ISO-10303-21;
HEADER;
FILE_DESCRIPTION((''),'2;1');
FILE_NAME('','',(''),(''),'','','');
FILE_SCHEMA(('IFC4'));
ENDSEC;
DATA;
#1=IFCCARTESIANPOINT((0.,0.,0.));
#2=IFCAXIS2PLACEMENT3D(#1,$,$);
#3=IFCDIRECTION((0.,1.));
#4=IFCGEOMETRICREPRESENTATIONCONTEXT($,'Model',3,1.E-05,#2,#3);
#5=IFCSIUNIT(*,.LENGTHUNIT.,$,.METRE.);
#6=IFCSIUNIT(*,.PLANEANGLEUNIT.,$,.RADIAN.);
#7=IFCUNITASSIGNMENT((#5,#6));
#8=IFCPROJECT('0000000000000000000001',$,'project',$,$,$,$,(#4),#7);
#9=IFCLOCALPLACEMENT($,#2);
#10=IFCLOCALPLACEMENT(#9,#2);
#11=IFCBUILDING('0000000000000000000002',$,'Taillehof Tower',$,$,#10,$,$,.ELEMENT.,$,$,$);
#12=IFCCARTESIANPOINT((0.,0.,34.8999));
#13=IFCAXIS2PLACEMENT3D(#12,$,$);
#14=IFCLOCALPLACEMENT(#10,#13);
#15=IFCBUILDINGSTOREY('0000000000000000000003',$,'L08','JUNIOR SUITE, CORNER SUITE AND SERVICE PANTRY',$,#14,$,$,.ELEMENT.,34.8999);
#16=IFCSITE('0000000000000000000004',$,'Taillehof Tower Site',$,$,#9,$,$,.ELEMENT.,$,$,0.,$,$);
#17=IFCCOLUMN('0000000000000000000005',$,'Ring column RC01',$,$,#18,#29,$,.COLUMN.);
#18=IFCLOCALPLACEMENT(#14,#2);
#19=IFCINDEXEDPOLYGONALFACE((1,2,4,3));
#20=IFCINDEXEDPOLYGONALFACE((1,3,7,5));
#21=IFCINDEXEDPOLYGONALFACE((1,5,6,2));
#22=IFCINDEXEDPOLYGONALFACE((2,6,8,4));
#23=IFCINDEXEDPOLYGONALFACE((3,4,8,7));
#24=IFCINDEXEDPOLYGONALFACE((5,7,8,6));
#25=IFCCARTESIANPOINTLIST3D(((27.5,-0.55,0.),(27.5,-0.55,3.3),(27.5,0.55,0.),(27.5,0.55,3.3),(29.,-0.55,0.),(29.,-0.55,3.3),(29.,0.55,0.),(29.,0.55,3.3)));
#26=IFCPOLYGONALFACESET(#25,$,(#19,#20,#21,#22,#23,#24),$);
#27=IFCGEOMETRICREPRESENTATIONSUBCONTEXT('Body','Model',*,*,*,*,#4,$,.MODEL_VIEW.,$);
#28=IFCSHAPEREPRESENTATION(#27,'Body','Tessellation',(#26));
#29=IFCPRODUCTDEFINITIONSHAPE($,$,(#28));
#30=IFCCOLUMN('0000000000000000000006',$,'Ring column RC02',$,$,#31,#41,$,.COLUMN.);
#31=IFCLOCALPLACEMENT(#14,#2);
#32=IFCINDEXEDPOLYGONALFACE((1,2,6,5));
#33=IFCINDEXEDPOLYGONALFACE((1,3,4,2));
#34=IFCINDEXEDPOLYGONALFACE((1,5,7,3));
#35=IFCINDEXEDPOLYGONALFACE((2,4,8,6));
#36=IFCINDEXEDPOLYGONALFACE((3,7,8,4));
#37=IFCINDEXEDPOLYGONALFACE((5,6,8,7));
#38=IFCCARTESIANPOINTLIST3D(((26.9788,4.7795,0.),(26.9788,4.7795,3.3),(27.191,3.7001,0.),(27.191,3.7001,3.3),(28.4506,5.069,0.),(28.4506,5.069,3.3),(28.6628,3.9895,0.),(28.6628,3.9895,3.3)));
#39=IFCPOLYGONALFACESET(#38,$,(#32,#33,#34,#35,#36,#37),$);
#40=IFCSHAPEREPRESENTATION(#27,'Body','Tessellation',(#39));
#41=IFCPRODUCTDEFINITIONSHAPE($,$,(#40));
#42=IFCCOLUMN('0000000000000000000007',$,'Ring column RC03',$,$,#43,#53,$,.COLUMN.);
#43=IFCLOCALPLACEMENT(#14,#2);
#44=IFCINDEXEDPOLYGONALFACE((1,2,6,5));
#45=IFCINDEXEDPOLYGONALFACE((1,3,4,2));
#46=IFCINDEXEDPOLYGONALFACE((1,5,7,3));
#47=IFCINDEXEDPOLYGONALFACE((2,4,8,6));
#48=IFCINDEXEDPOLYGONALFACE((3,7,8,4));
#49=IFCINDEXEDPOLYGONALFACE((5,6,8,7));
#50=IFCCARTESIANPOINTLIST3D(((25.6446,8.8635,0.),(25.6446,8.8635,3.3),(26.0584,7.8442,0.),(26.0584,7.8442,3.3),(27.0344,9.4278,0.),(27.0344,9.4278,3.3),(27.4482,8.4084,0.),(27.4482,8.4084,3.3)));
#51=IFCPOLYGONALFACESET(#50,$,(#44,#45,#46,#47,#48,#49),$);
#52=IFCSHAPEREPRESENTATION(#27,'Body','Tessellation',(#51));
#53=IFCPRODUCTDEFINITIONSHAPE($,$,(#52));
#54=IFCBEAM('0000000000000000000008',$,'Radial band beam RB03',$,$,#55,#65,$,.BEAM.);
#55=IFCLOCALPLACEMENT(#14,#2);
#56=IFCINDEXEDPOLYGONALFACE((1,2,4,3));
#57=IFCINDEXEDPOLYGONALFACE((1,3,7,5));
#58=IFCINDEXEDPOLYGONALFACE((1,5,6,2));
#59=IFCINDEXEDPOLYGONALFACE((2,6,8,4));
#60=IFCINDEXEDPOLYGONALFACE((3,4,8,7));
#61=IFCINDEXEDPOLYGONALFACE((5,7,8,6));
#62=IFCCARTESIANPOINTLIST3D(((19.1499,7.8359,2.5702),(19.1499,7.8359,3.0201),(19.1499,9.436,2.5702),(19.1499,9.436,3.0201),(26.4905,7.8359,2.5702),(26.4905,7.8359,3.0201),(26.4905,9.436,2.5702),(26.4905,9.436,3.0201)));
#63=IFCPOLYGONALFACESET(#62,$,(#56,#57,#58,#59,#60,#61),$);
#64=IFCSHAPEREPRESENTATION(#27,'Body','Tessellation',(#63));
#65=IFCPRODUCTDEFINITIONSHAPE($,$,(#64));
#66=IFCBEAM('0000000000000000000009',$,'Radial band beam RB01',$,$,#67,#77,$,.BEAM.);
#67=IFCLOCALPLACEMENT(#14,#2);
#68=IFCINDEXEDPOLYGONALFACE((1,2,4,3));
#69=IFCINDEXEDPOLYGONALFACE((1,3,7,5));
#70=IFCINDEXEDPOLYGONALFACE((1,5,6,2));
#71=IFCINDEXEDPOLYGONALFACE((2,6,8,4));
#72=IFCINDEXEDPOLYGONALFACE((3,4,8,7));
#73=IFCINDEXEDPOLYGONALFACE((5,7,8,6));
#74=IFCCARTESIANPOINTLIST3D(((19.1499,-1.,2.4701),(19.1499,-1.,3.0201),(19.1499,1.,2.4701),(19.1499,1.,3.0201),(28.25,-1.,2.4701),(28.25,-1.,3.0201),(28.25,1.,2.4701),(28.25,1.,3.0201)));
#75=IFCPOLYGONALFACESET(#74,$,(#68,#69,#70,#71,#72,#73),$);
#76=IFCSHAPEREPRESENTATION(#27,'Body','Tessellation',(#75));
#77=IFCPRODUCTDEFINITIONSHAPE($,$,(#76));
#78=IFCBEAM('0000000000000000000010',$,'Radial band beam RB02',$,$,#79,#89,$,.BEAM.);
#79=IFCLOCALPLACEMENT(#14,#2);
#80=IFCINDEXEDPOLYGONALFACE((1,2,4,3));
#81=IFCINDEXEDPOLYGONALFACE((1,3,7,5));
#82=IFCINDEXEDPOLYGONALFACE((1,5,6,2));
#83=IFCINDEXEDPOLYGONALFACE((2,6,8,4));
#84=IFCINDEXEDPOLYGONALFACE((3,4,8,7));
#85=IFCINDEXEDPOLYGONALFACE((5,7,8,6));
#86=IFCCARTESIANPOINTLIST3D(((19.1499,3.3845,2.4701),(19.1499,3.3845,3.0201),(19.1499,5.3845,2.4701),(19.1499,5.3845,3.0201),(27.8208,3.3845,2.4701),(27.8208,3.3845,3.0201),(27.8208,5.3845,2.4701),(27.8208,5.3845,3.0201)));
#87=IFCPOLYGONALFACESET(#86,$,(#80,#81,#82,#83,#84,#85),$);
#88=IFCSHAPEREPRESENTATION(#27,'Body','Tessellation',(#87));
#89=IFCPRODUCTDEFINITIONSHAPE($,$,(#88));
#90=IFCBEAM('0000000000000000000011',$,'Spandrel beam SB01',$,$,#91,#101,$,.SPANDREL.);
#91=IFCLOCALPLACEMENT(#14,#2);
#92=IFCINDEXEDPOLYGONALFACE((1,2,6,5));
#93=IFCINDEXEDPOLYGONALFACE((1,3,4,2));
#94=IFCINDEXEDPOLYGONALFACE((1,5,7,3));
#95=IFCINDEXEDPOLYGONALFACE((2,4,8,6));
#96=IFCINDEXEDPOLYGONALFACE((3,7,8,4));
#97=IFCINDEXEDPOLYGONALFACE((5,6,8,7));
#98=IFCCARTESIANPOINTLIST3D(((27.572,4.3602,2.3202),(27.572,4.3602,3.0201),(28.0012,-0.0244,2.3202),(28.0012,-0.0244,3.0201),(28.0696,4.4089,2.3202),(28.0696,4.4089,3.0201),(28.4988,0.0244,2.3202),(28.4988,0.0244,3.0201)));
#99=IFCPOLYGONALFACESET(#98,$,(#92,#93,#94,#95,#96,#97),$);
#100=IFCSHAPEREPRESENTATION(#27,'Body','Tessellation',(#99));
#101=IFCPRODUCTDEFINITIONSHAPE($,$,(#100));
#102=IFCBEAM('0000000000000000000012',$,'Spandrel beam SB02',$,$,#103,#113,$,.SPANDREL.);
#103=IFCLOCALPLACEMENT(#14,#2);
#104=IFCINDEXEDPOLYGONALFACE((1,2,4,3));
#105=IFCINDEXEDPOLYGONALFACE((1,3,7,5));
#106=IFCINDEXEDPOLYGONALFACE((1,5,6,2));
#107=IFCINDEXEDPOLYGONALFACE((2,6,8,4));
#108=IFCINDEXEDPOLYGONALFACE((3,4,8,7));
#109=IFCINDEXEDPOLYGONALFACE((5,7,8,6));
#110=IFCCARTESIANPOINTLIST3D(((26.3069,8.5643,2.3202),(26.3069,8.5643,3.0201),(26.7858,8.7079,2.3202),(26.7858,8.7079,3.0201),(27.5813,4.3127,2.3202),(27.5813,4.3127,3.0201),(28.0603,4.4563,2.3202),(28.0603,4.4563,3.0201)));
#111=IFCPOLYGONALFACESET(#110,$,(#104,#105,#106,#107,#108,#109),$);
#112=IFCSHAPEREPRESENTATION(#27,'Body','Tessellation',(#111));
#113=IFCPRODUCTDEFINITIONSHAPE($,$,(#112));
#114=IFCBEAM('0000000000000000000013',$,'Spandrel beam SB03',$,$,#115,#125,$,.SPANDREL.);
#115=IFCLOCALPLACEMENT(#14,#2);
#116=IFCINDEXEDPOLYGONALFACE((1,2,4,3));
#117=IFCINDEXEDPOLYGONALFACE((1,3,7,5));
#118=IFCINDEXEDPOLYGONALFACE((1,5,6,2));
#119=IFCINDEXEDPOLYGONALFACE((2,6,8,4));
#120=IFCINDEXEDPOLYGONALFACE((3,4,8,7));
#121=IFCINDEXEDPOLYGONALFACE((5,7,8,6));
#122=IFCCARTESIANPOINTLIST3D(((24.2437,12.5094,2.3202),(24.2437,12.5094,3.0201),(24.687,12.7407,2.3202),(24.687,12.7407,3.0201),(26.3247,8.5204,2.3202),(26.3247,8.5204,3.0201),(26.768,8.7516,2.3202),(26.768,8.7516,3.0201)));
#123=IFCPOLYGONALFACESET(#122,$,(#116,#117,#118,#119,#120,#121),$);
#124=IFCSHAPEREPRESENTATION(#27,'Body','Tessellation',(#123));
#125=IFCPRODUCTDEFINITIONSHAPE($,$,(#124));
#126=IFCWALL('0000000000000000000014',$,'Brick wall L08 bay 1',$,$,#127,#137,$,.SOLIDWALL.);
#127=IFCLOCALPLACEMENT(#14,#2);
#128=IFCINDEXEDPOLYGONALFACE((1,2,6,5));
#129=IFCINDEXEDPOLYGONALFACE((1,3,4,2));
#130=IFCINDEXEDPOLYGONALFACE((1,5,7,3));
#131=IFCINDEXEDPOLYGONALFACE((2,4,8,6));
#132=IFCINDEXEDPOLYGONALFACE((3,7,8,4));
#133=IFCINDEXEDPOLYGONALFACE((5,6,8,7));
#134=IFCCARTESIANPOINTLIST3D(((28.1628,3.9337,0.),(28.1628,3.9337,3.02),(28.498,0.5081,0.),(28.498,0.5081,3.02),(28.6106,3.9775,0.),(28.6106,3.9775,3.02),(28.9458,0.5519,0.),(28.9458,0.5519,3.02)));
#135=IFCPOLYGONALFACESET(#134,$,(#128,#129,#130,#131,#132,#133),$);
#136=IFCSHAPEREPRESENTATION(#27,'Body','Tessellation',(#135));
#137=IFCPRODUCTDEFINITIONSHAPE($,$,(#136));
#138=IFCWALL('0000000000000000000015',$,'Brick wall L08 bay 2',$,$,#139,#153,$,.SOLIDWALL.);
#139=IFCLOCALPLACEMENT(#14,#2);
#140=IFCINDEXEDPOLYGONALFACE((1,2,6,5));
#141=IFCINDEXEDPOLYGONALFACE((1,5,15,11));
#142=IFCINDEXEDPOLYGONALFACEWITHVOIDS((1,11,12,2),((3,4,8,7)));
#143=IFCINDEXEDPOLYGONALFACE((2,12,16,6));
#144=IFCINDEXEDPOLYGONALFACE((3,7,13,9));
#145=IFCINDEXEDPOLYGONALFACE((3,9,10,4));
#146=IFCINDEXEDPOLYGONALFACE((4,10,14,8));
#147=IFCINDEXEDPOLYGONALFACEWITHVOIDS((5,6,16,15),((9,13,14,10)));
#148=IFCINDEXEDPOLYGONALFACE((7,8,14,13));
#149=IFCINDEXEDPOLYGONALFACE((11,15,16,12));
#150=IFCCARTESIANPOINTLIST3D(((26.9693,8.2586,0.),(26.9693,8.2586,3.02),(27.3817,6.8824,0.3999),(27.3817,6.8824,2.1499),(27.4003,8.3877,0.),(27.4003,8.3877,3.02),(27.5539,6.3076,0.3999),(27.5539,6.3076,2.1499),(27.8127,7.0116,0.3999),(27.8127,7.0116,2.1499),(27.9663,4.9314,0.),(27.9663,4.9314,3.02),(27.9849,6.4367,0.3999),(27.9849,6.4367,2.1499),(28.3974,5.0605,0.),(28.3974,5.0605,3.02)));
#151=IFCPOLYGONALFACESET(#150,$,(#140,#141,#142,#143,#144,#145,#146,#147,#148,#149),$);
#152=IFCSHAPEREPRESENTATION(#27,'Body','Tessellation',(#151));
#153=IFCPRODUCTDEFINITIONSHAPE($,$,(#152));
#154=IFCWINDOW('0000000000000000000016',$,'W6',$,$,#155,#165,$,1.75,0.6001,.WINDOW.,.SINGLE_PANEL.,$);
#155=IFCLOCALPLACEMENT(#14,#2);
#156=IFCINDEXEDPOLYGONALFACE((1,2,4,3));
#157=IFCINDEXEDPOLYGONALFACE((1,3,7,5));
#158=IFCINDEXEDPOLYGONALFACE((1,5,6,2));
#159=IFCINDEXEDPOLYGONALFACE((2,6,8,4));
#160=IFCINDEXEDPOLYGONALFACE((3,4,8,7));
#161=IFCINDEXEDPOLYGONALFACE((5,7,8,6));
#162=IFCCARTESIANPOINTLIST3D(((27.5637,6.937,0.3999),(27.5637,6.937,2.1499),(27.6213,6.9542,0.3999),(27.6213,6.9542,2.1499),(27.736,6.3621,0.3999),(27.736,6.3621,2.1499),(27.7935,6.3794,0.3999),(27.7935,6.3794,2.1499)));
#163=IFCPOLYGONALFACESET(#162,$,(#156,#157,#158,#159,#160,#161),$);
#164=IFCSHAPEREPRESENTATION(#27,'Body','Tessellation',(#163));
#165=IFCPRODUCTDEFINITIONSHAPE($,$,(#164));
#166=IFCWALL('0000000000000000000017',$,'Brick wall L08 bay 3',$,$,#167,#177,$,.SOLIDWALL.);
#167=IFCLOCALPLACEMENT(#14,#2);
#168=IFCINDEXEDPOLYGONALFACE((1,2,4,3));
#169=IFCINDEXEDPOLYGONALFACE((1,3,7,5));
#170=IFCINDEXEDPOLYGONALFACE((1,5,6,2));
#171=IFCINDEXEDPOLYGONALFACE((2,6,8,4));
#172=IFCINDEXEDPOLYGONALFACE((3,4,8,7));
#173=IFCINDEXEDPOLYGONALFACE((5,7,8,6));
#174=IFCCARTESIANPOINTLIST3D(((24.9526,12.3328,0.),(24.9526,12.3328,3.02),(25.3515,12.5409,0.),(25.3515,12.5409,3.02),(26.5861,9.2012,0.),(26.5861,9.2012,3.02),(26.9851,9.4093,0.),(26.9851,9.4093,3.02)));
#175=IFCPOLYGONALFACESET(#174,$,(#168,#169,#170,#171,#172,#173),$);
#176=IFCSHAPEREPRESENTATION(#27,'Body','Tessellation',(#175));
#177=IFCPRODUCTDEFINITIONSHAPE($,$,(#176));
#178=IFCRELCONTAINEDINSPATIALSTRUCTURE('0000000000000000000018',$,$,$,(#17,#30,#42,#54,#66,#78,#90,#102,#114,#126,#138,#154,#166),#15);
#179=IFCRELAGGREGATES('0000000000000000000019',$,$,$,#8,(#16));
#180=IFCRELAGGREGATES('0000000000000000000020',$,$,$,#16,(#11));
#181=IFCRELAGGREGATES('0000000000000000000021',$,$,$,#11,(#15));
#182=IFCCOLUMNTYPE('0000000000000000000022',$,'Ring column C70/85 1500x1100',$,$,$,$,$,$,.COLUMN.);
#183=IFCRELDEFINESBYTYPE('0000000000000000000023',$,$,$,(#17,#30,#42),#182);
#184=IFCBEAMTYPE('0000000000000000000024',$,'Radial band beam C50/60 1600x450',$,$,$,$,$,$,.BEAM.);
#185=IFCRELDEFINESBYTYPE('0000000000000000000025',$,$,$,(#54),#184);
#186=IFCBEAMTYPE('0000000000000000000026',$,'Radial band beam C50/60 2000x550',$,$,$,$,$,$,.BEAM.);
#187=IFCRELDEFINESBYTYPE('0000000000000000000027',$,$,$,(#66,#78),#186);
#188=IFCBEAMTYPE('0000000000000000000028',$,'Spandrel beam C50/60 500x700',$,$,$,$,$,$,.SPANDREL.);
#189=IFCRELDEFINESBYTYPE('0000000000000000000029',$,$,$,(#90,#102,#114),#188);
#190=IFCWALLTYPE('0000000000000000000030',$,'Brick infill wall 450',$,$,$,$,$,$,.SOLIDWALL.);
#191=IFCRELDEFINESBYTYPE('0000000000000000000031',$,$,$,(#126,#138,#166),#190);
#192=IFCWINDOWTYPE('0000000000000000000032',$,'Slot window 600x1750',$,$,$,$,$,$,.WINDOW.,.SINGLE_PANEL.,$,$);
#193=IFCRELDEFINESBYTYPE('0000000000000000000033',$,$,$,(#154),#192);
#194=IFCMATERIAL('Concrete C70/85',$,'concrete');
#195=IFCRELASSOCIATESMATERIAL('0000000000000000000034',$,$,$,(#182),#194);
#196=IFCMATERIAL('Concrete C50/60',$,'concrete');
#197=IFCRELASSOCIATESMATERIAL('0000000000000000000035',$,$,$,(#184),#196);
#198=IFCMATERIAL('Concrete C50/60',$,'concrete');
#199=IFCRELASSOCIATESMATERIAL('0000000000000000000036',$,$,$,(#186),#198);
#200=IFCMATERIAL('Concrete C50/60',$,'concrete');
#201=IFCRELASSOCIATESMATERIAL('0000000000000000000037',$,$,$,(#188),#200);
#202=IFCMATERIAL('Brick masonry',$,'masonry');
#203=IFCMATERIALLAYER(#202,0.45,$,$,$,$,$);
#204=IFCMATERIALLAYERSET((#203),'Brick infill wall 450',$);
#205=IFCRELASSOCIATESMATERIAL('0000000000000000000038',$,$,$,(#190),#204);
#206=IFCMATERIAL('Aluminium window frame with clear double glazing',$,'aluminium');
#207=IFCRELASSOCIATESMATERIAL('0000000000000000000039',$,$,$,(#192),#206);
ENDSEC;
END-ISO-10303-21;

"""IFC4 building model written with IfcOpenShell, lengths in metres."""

from ifc_helpers import new_model, si_unit, direction, frame, frame_2d, origin, origin_2d, place, context, subcontext, project, spatial, rectangle, extrude, material, layer, layer_set, material_profile, profile_set, type_object, element, fill, save


model = new_model("IFC4")

# Units and contexts
model_context = context("Model", 3, precision=1e-05, world=origin(), true_north=direction((0.0, 1.0)))
body_context = subcontext(model_context, "Body", "Model", "MODEL_VIEW")
ifc_project = project(units=[si_unit("LENGTHUNIT", "METRE"), si_unit("PLANEANGLEUNIT", "RADIAN")], contexts=[model_context])

# Site, building, storey
site_placement = place(None, origin())
site = spatial("IfcSite", under=ifc_project, at=site_placement, Name="Taillehof Tower Site", CompositionType="ELEMENT", RefElevation=0.0)
building_placement = place(site_placement, origin())
building = spatial("IfcBuilding", under=site, at=building_placement, Name="Taillehof Tower", CompositionType="ELEMENT")
storey_placement = place(building_placement, frame((0.0, 0.0, 34.8999)))
storey = spatial("IfcBuildingStorey", under=building, at=storey_placement, Name="L08", Description="JUNIOR SUITE, CORNER SUITE AND SERVICE PANTRY", CompositionType="ELEMENT", Elevation=34.8999)

# Columns
ifc_material_1 = material(Name="Concrete C70/85", Category="concrete")
ifc_material_profile_1 = material_profile(ifc_material_1, rectangle(XDim=1.5, YDim=1.1001, at=origin_2d()), Name="RC 1500x1100")
ifc_profile_set_1 = profile_set([ifc_material_profile_1], Name="Concrete C70/85")
column_type = type_object("IfcColumnType", Name="Ring column C70/85 1500x1100", PredefinedType="COLUMN", material=ifc_profile_set_1)
for number, where, z_axis, x_axis, name in (
    (1, (28.25, 0.0, 0.0), (0.0, 0.0, 1.0), (1.0, 0.0, 0.0), "Ring column RC01"),
    (2, (27.8208, 4.3845, 0.0), (0.0, 0.0, 1.0), (0.981204, 0.192976, 0.0), "Ring column RC02"),
    (3, (26.5464, 8.636, 0.0), (0.0, 0.0, 1.0), (0.926558, 0.376152, 0.0), "Ring column RC03"),
):
    element("IfcColumn", number, at=place(storey_placement, frame(where, z_axis=z_axis, x_axis=x_axis)), inside=storey, type_object=column_type, Name=name, PredefinedType="COLUMN", context=body_context, shape_type="SweptSolid", body=[
        extrude(rectangle(XDim=1.5, YDim=1.1001, at=origin_2d()), origin(), (0.0, 0.0, 1.0), 3.3),
    ])

# Beams
ifc_material_2 = material(Name="Concrete C50/60", Category="concrete")
ifc_material_profile_2 = material_profile(ifc_material_2, rectangle(XDim=1.6001, YDim=0.45, at=origin_2d()), Name="RC 1600x450")
ifc_profile_set_2 = profile_set([ifc_material_profile_2], Name="Concrete C50/60")
beam_type_1 = type_object("IfcBeamType", Name="Radial band beam C50/60 1600x450", PredefinedType="BEAM", material=ifc_profile_set_2)
beam_1_placement = place(storey_placement, frame((26.4905, 8.636, 2.7952), z_axis=(-1.0, 0.0, 0.0), x_axis=(0.0, -1.0, 0.0)))
element("IfcBeam", 4, at=beam_1_placement, inside=storey, type_object=beam_type_1, Name="Radial band beam RB03", PredefinedType="BEAM", context=body_context, shape_type="SweptSolid", body=[
    extrude(rectangle(XDim=1.6001, YDim=0.45, at=origin_2d()), origin(), (0.0, 0.0, 1.0), 7.3406),
])
ifc_material_3 = material(Name="Concrete C50/60", Category="concrete")
ifc_material_profile_3 = material_profile(ifc_material_3, rectangle(XDim=2.0, YDim=0.55, at=origin_2d()), Name="RC 2000x550")
ifc_profile_set_3 = profile_set([ifc_material_profile_3], Name="Concrete C50/60")
beam_type_2 = type_object("IfcBeamType", Name="Radial band beam C50/60 2000x550", PredefinedType="BEAM", material=ifc_profile_set_3)
beam_2_placement = place(storey_placement, frame((28.25, 0.0, 2.7451), z_axis=(-1.0, 0.0, 0.0), x_axis=(0.0, -1.0, 0.0)))
element("IfcBeam", 5, at=beam_2_placement, inside=storey, type_object=beam_type_2, Name="Radial band beam RB01", PredefinedType="BEAM", context=body_context, shape_type="SweptSolid", body=[
    extrude(rectangle(XDim=2.0, YDim=0.55, at=origin_2d()), origin(), (0.0, 0.0, 1.0), 9.1001),
])
beam_3_placement = place(storey_placement, frame((27.8208, 4.3845, 2.7451), z_axis=(-1.0, 0.0, 0.0), x_axis=(0.0, -1.0, 0.0)))
element("IfcBeam", 6, at=beam_3_placement, inside=storey, type_object=beam_type_2, Name="Radial band beam RB02", PredefinedType="BEAM", context=body_context, shape_type="SweptSolid", body=[
    extrude(rectangle(XDim=2.0, YDim=0.55, at=origin_2d()), origin(), (0.0, 0.0, 1.0), 8.6709),
])
ifc_material_4 = material(Name="Concrete C50/60", Category="concrete")
ifc_material_profile_4 = material_profile(ifc_material_4, rectangle(XDim=0.5, YDim=0.7, at=origin_2d()), Name="RC 500x700")
ifc_profile_set_4 = profile_set([ifc_material_profile_4], Name="Concrete C50/60")
beam_type_3 = type_object("IfcBeamType", Name="Spandrel beam C50/60 500x700", PredefinedType="SPANDREL", material=ifc_profile_set_4)
beam_4_placement = place(storey_placement, frame((28.25, 0.0, 2.6702), z_axis=(-0.097424, 0.995243, 0.0), x_axis=(-0.995243, -0.097424, 0.0)))
element("IfcBeam", 7, at=beam_4_placement, inside=storey, type_object=beam_type_3, Name="Spandrel beam SB01", PredefinedType="SPANDREL", context=body_context, shape_type="SweptSolid", body=[
    extrude(rectangle(XDim=0.5, YDim=0.7, at=origin_2d()), origin(), (0.0, 0.0, 1.0), 4.4055),
])
beam_5_placement = place(storey_placement, frame((27.8208, 4.3845, 2.6702), z_axis=(-0.287136, 0.95789, 0.0), x_axis=(-0.95789, -0.287136, 0.0)))
element("IfcBeam", 8, at=beam_5_placement, inside=storey, type_object=beam_type_3, Name="Spandrel beam SB02", PredefinedType="SPANDREL", context=body_context, shape_type="SweptSolid", body=[
    extrude(rectangle(XDim=0.5, YDim=0.7, at=origin_2d()), origin(), (0.0, 0.0, 1.0), 4.4385),
])
beam_6_placement = place(storey_placement, frame((26.5464, 8.636, 2.6702), z_axis=(-0.462536, 0.8866, 0.0), x_axis=(-0.8866, -0.462536, 0.0)))
element("IfcBeam", 9, at=beam_6_placement, inside=storey, type_object=beam_type_3, Name="Spandrel beam SB03", PredefinedType="SPANDREL", context=body_context, shape_type="SweptSolid", body=[
    extrude(rectangle(XDim=0.5, YDim=0.7, at=origin_2d()), origin(), (0.0, 0.0, 1.0), 4.4993),
])

# Wall
ifc_material_5 = material(Name="Brick masonry", Category="masonry")
ifc_layer_1 = layer(ifc_material_5, 0.45)
ifc_layer_set_1 = layer_set([ifc_layer_1], Name="Brick infill wall 450")
wall_type_1 = type_object("IfcWallType", Name="Brick infill wall 450", PredefinedType="SOLIDWALL", material=ifc_layer_set_1)
wall_1_placement = place(storey_placement, frame((28.7219, 0.53, 0.0), z_axis=(0.0, 0.0, 1.0), x_axis=(-0.09739, 0.995246, 0.0)))
element("IfcWall", 10, at=wall_1_placement, inside=storey, type_object=wall_type_1, Name="Brick wall L08 bay 1", PredefinedType="SOLIDWALL", context=body_context, shape_type="SweptSolid", body=[
    extrude(rectangle(XDim=3.4419, YDim=0.45, at=frame_2d((1.7209, 0.0))), origin(), (0.0, 0.0, 1.0), 3.02),
])

# Wall, opening, window
wall_2_placement = place(storey_placement, frame((28.1819, 4.9958, 0.0), z_axis=(0.0, 0.0, 1.0), x_axis=(-0.287064, 0.957911, 0.0)))
wall_2 = element("IfcWall", 11, at=wall_2_placement, inside=storey, type_object=wall_type_1, Name="Brick wall L08 bay 2", PredefinedType="SOLIDWALL", context=body_context, shape_type="SweptSolid", body=[
    extrude(rectangle(XDim=3.4734, YDim=0.45, at=frame_2d((1.7368, 0.0))), origin(), (0.0, 0.0, 1.0), 3.02),
])
opening_1_placement = place(wall_2_placement, frame((1.4368, 0.0, 0.3999)))
opening_1 = element("IfcOpeningElement", 12, at=opening_1_placement, cuts=wall_2, PredefinedType="OPENING", context=body_context, shape_type="SweptSolid", body=[
    extrude(rectangle(XDim=0.6001, YDim=1.75, at=frame_2d((0.3, 0.875))), frame((0.0, 0.2349, 0.0), z_axis=(0.0, -1.0, 0.0), x_axis=(1.0, 0.0, 0.0)), (0.0, 0.0, 1.0), 0.47),
])
ifc_material_6 = material(Name="Aluminium window frame with clear double glazing", Category="aluminium")
window_type = type_object("IfcWindowType", Name="Slot window 600x1750", PartitioningType="SINGLE_PANEL", PredefinedType="WINDOW", material=ifc_material_6)
window_placement = place(opening_1_placement, origin())
window = element("IfcWindow", 13, at=window_placement, inside=storey, type_object=window_type, Name="W6", OverallHeight=1.75, OverallWidth=0.6001, PartitioningType="SINGLE_PANEL", PredefinedType="WINDOW", context=body_context, shape_type="SweptSolid", body=[
    extrude(rectangle(XDim=0.6001, YDim=1.75, at=frame_2d((0.3, 0.875))), frame((0.0, 0.0349, 0.0), z_axis=(0.0, -1.0, 0.0), x_axis=(1.0, 0.0, 0.0)), (0.0, 0.0, 1.0), 0.0601),
])
fill(opening_1, window)

# Wall
wall_3_placement = place(storey_placement, frame((26.7856, 9.3052, 0.0), z_axis=(0.0, 0.0, 1.0), x_axis=(-0.462493, 0.886623, 0.0)))
element("IfcWall", 14, at=wall_3_placement, inside=storey, type_object=wall_type_1, Name="Brick wall L08 bay 3", PredefinedType="SOLIDWALL", context=body_context, shape_type="SweptSolid", body=[
    extrude(rectangle(XDim=3.532, YDim=0.45, at=frame_2d((1.7661, 0.0))), origin(), (0.0, 0.0, 1.0), 3.02),
])

save(model, "model.ifc")
